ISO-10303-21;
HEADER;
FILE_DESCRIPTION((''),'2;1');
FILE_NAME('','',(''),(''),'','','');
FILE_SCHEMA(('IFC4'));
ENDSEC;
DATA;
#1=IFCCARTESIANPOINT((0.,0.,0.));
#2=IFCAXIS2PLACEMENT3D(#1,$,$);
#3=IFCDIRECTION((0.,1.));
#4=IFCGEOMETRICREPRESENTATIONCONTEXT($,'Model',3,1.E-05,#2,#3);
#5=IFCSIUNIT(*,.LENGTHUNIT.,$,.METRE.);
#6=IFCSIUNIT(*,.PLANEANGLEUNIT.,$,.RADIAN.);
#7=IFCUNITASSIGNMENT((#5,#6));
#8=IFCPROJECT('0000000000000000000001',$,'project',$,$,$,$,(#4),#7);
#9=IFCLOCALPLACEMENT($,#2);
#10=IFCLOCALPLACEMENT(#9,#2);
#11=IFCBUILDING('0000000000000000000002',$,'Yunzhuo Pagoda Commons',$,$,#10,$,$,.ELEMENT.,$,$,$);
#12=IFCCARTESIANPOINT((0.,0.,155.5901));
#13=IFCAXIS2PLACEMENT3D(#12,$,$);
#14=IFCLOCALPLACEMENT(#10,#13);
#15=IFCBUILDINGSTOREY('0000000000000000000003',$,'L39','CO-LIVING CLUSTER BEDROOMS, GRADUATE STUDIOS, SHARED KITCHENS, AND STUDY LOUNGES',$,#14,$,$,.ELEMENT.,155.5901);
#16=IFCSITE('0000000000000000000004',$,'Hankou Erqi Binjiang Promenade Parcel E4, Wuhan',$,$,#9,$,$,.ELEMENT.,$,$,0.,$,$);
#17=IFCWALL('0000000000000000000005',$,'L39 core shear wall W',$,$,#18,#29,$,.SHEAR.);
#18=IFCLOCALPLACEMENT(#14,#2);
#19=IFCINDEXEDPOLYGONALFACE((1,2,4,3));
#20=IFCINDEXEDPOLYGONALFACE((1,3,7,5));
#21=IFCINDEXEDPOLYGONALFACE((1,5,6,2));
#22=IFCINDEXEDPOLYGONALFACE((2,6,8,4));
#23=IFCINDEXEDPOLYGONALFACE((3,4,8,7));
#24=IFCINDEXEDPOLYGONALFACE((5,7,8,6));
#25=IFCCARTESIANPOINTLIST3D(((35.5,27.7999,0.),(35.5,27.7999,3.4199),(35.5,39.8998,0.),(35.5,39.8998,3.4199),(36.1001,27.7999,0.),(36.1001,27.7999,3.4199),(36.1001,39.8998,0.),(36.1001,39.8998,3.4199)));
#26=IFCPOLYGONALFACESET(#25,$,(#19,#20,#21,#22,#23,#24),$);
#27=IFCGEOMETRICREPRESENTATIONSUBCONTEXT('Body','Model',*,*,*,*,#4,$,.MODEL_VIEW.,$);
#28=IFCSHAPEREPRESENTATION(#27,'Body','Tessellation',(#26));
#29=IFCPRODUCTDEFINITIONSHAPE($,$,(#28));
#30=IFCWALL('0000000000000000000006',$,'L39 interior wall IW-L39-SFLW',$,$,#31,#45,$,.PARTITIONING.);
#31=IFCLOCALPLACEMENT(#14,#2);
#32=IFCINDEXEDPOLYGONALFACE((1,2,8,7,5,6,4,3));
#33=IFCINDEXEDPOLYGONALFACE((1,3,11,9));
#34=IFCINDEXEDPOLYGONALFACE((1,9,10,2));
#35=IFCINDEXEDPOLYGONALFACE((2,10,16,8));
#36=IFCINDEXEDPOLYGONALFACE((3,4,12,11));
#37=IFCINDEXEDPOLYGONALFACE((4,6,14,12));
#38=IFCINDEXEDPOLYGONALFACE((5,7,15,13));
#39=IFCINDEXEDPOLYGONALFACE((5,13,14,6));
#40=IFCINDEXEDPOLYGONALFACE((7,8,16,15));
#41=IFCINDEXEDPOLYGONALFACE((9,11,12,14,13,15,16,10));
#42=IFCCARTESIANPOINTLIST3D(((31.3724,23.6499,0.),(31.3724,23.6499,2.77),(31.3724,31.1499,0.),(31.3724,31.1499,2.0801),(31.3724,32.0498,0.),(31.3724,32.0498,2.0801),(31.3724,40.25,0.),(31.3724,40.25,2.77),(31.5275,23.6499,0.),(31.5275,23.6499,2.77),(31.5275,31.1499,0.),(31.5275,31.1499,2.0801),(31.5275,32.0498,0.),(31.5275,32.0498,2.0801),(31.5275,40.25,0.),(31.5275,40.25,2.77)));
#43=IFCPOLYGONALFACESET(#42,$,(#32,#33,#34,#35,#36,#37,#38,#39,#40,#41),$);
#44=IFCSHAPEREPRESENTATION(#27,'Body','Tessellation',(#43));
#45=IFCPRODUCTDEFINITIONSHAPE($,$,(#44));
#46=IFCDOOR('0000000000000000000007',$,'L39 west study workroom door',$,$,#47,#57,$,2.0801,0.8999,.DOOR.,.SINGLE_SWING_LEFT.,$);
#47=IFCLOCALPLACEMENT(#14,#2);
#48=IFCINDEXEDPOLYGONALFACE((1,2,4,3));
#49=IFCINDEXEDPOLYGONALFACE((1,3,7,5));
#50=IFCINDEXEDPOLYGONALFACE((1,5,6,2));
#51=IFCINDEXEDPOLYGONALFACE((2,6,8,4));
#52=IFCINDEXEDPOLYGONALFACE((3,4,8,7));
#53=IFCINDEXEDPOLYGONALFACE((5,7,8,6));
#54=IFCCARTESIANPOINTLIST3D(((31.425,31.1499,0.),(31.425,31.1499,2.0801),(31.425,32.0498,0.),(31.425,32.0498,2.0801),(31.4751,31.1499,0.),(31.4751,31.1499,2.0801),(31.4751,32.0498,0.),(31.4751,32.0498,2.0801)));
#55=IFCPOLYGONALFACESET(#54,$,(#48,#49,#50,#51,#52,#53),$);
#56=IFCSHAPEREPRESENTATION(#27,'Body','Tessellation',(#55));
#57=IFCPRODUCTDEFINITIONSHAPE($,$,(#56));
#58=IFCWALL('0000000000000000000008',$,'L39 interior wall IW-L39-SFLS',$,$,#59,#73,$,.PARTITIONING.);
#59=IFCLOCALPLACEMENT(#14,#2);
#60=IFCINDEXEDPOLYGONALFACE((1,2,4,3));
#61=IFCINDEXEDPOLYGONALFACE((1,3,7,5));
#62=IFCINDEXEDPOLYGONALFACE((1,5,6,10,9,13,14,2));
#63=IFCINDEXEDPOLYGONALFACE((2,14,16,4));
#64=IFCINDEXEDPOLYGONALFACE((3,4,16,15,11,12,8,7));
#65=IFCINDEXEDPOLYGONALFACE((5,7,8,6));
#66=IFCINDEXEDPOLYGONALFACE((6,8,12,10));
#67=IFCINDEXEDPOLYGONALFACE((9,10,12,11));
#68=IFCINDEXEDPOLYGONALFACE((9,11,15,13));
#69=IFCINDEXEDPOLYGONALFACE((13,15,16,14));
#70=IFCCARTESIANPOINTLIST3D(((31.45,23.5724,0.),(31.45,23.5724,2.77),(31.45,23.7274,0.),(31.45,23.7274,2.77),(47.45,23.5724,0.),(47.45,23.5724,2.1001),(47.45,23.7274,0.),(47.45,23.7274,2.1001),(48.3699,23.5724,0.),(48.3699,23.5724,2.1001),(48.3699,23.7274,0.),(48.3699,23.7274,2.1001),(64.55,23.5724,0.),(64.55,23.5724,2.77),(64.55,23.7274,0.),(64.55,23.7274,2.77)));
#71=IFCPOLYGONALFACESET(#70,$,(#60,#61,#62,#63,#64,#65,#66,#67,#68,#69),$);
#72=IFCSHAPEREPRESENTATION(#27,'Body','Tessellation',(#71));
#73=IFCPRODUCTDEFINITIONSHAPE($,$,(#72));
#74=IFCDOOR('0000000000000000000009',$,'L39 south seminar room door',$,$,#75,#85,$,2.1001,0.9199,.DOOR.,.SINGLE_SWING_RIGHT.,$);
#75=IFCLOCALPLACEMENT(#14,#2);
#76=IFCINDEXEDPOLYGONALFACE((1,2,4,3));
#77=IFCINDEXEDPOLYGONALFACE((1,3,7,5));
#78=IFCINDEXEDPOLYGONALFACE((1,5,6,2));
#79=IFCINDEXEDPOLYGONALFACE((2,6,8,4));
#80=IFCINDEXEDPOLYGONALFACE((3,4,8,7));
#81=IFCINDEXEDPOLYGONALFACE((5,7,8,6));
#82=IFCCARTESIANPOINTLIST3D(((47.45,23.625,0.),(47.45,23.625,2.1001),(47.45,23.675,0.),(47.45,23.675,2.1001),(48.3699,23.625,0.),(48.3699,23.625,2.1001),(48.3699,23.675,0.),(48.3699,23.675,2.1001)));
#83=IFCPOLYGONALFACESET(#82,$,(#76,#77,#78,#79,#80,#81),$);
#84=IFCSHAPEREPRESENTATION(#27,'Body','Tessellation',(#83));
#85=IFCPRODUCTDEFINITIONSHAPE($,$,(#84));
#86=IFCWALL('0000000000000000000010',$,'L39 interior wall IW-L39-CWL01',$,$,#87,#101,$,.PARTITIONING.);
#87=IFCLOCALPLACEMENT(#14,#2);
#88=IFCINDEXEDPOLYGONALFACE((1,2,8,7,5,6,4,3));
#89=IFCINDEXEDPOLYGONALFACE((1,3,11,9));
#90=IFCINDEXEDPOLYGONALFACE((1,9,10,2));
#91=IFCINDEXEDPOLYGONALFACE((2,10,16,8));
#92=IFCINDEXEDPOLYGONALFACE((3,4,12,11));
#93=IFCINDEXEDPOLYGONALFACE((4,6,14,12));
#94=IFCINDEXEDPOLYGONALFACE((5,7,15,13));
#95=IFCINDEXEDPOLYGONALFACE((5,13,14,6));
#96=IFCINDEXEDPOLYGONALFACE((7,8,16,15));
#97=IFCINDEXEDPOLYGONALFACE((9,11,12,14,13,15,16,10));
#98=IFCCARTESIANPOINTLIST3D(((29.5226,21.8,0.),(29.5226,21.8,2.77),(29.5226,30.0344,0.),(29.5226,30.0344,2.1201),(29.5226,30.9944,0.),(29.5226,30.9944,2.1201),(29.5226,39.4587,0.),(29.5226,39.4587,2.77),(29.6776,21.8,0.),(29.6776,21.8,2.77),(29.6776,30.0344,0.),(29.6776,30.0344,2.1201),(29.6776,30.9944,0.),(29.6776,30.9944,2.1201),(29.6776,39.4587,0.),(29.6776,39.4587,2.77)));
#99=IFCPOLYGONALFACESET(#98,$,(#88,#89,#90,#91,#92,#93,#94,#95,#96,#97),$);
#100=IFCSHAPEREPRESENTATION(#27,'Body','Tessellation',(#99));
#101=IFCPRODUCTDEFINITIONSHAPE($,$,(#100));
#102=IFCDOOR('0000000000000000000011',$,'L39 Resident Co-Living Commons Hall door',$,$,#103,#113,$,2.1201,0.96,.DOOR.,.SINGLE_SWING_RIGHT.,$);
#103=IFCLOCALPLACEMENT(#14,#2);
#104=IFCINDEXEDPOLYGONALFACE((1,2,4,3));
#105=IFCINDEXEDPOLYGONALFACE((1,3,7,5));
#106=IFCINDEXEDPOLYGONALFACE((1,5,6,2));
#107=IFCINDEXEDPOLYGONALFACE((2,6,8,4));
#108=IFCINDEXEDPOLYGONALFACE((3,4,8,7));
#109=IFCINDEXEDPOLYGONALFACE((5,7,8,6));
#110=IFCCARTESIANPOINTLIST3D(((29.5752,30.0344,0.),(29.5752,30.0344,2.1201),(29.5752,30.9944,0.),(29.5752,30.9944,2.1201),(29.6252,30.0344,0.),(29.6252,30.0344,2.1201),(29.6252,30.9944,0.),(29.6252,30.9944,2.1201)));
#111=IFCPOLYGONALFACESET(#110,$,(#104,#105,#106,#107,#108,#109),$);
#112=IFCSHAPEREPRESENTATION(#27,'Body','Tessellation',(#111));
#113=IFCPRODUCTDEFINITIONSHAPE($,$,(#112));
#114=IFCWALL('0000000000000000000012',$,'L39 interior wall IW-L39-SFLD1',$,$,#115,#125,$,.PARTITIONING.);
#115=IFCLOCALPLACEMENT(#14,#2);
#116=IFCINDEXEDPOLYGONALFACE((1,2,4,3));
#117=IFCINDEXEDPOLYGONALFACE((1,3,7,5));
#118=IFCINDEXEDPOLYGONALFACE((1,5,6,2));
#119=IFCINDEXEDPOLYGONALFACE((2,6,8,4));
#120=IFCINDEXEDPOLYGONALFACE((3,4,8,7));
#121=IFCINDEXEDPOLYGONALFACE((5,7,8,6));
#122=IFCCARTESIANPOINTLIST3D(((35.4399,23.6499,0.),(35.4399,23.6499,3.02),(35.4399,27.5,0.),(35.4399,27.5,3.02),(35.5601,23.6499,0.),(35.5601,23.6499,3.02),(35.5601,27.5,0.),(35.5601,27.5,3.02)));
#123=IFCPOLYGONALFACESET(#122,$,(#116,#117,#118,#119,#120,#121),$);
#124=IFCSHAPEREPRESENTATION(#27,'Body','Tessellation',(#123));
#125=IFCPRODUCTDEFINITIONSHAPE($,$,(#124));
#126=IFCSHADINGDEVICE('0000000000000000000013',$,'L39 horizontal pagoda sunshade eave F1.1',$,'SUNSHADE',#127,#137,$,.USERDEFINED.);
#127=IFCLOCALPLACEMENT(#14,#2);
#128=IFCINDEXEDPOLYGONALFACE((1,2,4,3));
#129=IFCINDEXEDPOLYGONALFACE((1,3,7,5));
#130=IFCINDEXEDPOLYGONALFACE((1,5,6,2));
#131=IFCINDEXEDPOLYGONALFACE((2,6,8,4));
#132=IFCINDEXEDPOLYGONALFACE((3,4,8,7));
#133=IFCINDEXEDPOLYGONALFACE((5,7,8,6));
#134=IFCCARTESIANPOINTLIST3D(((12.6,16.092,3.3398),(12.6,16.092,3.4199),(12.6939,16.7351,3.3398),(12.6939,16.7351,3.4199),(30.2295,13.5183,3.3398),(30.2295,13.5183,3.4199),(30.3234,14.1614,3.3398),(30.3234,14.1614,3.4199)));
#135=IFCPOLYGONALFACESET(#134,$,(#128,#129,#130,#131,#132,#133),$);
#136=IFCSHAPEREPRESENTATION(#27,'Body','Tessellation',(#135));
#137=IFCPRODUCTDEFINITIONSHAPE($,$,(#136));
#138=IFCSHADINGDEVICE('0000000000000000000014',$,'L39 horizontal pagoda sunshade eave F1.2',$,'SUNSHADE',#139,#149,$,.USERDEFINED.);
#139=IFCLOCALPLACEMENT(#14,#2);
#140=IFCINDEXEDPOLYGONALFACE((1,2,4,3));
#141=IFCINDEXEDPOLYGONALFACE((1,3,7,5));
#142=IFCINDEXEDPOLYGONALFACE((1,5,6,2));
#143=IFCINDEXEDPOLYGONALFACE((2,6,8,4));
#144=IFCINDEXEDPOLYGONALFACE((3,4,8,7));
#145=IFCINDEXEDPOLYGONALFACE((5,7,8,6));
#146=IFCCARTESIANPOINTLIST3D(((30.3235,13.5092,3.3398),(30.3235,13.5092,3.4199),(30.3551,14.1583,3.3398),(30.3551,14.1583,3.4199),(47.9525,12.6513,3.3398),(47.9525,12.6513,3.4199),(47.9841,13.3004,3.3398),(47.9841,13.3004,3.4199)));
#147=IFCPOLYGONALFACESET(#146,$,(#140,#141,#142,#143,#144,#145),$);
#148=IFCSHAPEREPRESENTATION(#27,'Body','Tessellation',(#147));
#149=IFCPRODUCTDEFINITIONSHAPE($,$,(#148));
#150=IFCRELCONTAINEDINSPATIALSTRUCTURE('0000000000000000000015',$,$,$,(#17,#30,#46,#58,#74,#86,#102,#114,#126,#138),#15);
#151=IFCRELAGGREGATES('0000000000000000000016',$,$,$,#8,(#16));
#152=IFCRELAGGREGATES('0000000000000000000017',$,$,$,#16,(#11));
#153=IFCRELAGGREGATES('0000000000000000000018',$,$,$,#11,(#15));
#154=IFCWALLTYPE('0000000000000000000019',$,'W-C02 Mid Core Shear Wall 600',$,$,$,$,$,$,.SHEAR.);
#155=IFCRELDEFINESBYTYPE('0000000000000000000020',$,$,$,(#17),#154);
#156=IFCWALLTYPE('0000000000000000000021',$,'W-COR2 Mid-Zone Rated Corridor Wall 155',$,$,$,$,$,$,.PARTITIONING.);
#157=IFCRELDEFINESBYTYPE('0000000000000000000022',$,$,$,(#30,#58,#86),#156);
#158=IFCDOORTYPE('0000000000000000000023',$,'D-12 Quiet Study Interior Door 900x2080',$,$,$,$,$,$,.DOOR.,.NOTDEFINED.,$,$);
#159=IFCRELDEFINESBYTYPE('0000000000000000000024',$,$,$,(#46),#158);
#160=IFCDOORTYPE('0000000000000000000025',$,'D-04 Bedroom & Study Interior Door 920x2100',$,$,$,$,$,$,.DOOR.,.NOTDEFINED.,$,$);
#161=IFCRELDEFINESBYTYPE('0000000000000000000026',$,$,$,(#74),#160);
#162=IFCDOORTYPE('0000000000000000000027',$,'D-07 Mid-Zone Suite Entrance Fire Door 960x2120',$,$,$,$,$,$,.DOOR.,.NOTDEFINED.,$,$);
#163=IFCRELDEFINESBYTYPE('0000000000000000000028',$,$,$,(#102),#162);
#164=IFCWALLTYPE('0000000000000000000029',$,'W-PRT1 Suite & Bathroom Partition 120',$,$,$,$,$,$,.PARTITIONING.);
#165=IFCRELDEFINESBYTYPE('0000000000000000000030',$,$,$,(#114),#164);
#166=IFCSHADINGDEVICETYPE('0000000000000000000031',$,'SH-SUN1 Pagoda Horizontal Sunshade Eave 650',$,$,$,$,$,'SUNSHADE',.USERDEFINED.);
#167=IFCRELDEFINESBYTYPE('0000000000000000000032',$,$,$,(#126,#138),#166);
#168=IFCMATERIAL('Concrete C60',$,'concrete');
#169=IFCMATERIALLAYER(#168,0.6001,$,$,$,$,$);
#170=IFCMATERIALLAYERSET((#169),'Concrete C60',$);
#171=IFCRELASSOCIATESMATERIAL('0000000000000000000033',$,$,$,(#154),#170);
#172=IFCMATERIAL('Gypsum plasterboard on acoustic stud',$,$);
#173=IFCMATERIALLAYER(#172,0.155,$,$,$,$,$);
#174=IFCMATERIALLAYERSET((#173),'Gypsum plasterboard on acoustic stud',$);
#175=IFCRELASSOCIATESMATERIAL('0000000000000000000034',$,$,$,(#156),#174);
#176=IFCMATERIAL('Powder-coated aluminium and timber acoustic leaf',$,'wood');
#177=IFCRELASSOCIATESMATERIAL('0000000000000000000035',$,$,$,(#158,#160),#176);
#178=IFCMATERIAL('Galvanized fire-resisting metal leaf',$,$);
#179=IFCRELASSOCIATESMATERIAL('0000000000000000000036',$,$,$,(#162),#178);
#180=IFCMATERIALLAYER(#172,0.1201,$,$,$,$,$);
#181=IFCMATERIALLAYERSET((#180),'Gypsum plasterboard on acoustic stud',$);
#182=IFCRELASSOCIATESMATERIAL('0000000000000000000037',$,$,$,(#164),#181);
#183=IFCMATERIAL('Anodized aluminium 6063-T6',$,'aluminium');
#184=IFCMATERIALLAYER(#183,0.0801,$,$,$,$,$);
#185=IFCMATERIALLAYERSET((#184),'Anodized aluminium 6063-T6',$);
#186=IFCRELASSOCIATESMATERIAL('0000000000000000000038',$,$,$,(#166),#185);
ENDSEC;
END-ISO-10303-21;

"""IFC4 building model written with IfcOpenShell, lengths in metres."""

from ifc_helpers import new_model, si_unit, direction, frame, frame_2d, origin, origin_with_axes, origin_2d, place, context, subcontext, project, spatial, rectangle, extrude, source, transform, mapped, material, layer, layer_set, type_object, element, fill, save


model = new_model("IFC4")

# Units and contexts
model_context = context("Model", 3, precision=1e-05, world=origin(), true_north=direction((0.0, 1.0)))
body_context = subcontext(model_context, "Body", "Model", "MODEL_VIEW")
ifc_project = project(units=[si_unit("LENGTHUNIT", "METRE"), si_unit("PLANEANGLEUNIT", "RADIAN")], contexts=[model_context])

# Site, building, storey
site_placement = place(None, origin())
site = spatial("IfcSite", under=ifc_project, at=site_placement, Name="Hankou Erqi Binjiang Promenade Parcel E4, Wuhan", CompositionType="ELEMENT", RefElevation=0.0)
building_placement = place(site_placement, origin())
building = spatial("IfcBuilding", under=site, at=building_placement, Name="Yunzhuo Pagoda Commons", CompositionType="ELEMENT")
storey_placement = place(building_placement, frame((0.0, 0.0, 155.5901)))
storey = spatial("IfcBuildingStorey", under=building, at=storey_placement, Name="L39", Description="CO-LIVING CLUSTER BEDROOMS, GRADUATE STUDIOS, SHARED KITCHENS, AND STUDY LOUNGES", CompositionType="ELEMENT", Elevation=155.5901)

# Shared definitions
ifc_material_1 = material(Name="Anodized aluminium 6063-T6", Category="aluminium")

# Wall
ifc_material_2 = material(Name="Concrete C60", Category="concrete")
ifc_layer_1 = layer(ifc_material_2, 0.6001)
ifc_layer_set_1 = layer_set([ifc_layer_1], Name="Concrete C60")
wall_type_1 = type_object("IfcWallType", Name="W-C02 Mid Core Shear Wall 600", PredefinedType="SHEAR", material=ifc_layer_set_1)
wall_1_placement = place(storey_placement, frame((35.8, 27.8, 0.0), z_axis=(0.0, 0.0, 1.0), x_axis=(0.0, 1.0, 0.0)))
element("IfcWall", 1, at=wall_1_placement, inside=storey, type_object=wall_type_1, Name="L39 core shear wall W", PredefinedType="SHEAR", context=body_context, shape_type="SweptSolid", body=[
    extrude(rectangle(XDim=12.0999, YDim=0.6001, at=frame_2d((6.0498, 0.0))), origin(), (0.0, 0.0, 1.0), 3.4199),
])

# Walls, openings, doors
ifc_material_3 = material(Name="Gypsum plasterboard on acoustic stud")
ifc_layer_2 = layer(ifc_material_3, 0.155)
ifc_layer_set_2 = layer_set([ifc_layer_2], Name="Gypsum plasterboard on acoustic stud")
wall_type_2 = type_object("IfcWallType", Name="W-COR2 Mid-Zone Rated Corridor Wall 155", PredefinedType="PARTITIONING", material=ifc_layer_set_2)
wall_2_placement = place(storey_placement, frame((31.45, 23.6499, 0.0), z_axis=(0.0, 0.0, 1.0), x_axis=(0.0, 1.0, 0.0)))
wall_2 = element("IfcWall", 2, at=wall_2_placement, inside=storey, type_object=wall_type_2, Name="L39 interior wall IW-L39-SFLW", PredefinedType="PARTITIONING", context=body_context, shape_type="SweptSolid", body=[
    extrude(rectangle(XDim=16.6001, YDim=0.155, at=frame_2d((8.3, 0.0))), origin(), (0.0, 0.0, 1.0), 2.77),
])
opening_1_placement = place(wall_2_placement, frame((7.5, 0.0, 0.0)))
opening_1 = element("IfcOpeningElement", 3, at=opening_1_placement, cuts=wall_2, PredefinedType="OPENING", context=body_context, shape_type="SweptSolid", body=[
    extrude(rectangle(XDim=0.8999, YDim=2.0801, at=frame_2d((0.45, 1.04))), frame((0.0, 0.0874, 0.0), z_axis=(0.0, -1.0, 0.0), x_axis=(1.0, 0.0, 0.0)), (0.0, 0.0, 1.0), 0.175),
])
ifc_material_4 = material(Name="Powder-coated aluminium and timber acoustic leaf", Category="wood")
door_type_1 = type_object("IfcDoorType", Name="D-12 Quiet Study Interior Door 900x2080", OperationType="NOTDEFINED", PredefinedType="DOOR", material=ifc_material_4)
shared_shape_1 = source(origin(), body_context, "Body", "SweptSolid", [
    extrude(rectangle(XDim=0.8999, YDim=2.0801, at=frame_2d((0.45, 1.04))), frame((0.0, 0.0249, 0.0), z_axis=(0.0, -1.0, 0.0), x_axis=(1.0, 0.0, 0.0)), (0.0, 0.0, 1.0), 0.05),
])
door_1_placement = place(opening_1_placement, origin_with_axes())
door_1 = element("IfcDoor", 4, at=door_1_placement, inside=storey, type_object=door_type_1, Name="L39 west study workroom door", OperationType="SINGLE_SWING_LEFT", OverallHeight=2.0801, OverallWidth=0.8999, PredefinedType="DOOR", context=body_context, shape_type="MappedRepresentation", body=[
    mapped(shared_shape_1, transform((0.0, 0.0, 0.0), scale=1.0)),
])
fill(opening_1, door_1)
wall_3_placement = place(storey_placement, frame((31.45, 23.6499, 0.0), z_axis=(0.0, 0.0, 1.0), x_axis=(1.0, 0.0, 0.0)))
wall_3 = element("IfcWall", 5, at=wall_3_placement, inside=storey, type_object=wall_type_2, Name="L39 interior wall IW-L39-SFLS", PredefinedType="PARTITIONING", context=body_context, shape_type="SweptSolid", body=[
    extrude(rectangle(XDim=33.1001, YDim=0.155, at=frame_2d((16.55, 0.0))), origin(), (0.0, 0.0, 1.0), 2.77),
])
opening_2_placement = place(wall_3_placement, frame((16.0, 0.0, 0.0)))
opening_2 = element("IfcOpeningElement", 6, at=opening_2_placement, cuts=wall_3, PredefinedType="OPENING", context=body_context, shape_type="SweptSolid", body=[
    extrude(rectangle(XDim=0.9199, YDim=2.1001, at=frame_2d((0.46, 1.05))), frame((0.0, 0.0874, 0.0), z_axis=(0.0, -1.0, 0.0), x_axis=(1.0, 0.0, 0.0)), (0.0, 0.0, 1.0), 0.175),
])
door_type_2 = type_object("IfcDoorType", Name="D-04 Bedroom & Study Interior Door 920x2100", OperationType="NOTDEFINED", PredefinedType="DOOR", material=ifc_material_4)
shared_shape_2 = source(origin(), body_context, "Body", "SweptSolid", [
    extrude(rectangle(XDim=0.9199, YDim=2.1001, at=frame_2d((0.46, 1.05))), frame((0.0, 0.0249, 0.0), z_axis=(0.0, -1.0, 0.0), x_axis=(1.0, 0.0, 0.0)), (0.0, 0.0, 1.0), 0.05),
])
door_2_placement = place(opening_2_placement, frame((0.9199, 0.0, 0.0), z_axis=(0.0, 0.0, 1.0), x_axis=(-1.0, 0.0, 0.0)))
door_2 = element("IfcDoor", 7, at=door_2_placement, inside=storey, type_object=door_type_2, Name="L39 south seminar room door", OperationType="SINGLE_SWING_RIGHT", OverallHeight=2.1001, OverallWidth=0.9199, PredefinedType="DOOR", context=body_context, shape_type="MappedRepresentation", body=[
    mapped(shared_shape_2, transform((0.0, 0.0, 0.0), scale=1.0)),
])
fill(opening_2, door_2)
wall_4_placement = place(storey_placement, frame((29.6001, 21.8, 0.0), z_axis=(0.0, 0.0, 1.0), x_axis=(0.0, 1.0, 0.0)))
wall_4 = element("IfcWall", 8, at=wall_4_placement, inside=storey, type_object=wall_type_2, Name="L39 interior wall IW-L39-CWL01", PredefinedType="PARTITIONING", context=body_context, shape_type="SweptSolid", body=[
    extrude(rectangle(XDim=17.6587, YDim=0.155, at=frame_2d((8.8293, 0.0))), origin(), (0.0, 0.0, 1.0), 2.77),
])
opening_3_placement = place(wall_4_placement, frame((8.2344, 0.0, 0.0)))
opening_3 = element("IfcOpeningElement", 9, at=opening_3_placement, cuts=wall_4, PredefinedType="OPENING", context=body_context, shape_type="SweptSolid", body=[
    extrude(rectangle(XDim=0.96, YDim=2.1201, at=frame_2d((0.48, 1.0601))), frame((0.0, 0.0874, 0.0), z_axis=(0.0, -1.0, 0.0), x_axis=(1.0, 0.0, 0.0)), (0.0, 0.0, 1.0), 0.175),
])
ifc_material_5 = material(Name="Galvanized fire-resisting metal leaf")
door_type_3 = type_object("IfcDoorType", Name="D-07 Mid-Zone Suite Entrance Fire Door 960x2120", OperationType="NOTDEFINED", PredefinedType="DOOR", material=ifc_material_5)
shared_shape_3 = source(origin(), body_context, "Body", "SweptSolid", [
    extrude(rectangle(XDim=0.96, YDim=2.1201, at=frame_2d((0.48, 1.0601))), frame((0.0, 0.0249, 0.0), z_axis=(0.0, -1.0, 0.0), x_axis=(1.0, 0.0, 0.0)), (0.0, 0.0, 1.0), 0.05),
])
door_3_placement = place(opening_3_placement, origin_with_axes())
door_3 = element("IfcDoor", 10, at=door_3_placement, inside=storey, type_object=door_type_3, Name="L39 Resident Co-Living Commons Hall door", OperationType="SINGLE_SWING_RIGHT", OverallHeight=2.1201, OverallWidth=0.96, PredefinedType="DOOR", context=body_context, shape_type="MappedRepresentation", body=[
    mapped(shared_shape_3, transform((0.0, 0.0, 0.0), scale=1.0)),
])
fill(opening_3, door_3)

# Wall
ifc_layer_3 = layer(ifc_material_3, 0.1201)
ifc_layer_set_3 = layer_set([ifc_layer_3], Name="Gypsum plasterboard on acoustic stud")
wall_type_3 = type_object("IfcWallType", Name="W-PRT1 Suite & Bathroom Partition 120", PredefinedType="PARTITIONING", material=ifc_layer_set_3)
wall_5_placement = place(storey_placement, frame((35.5, 23.6499, 0.0), z_axis=(0.0, 0.0, 1.0), x_axis=(0.0, 1.0, 0.0)))
element("IfcWall", 11, at=wall_5_placement, inside=storey, type_object=wall_type_3, Name="L39 interior wall IW-L39-SFLD1", PredefinedType="PARTITIONING", context=body_context, shape_type="SweptSolid", body=[
    extrude(rectangle(XDim=3.8501, YDim=0.1201, at=frame_2d((1.925, 0.0))), origin(), (0.0, 0.0, 1.0), 3.02),
])

# Shading devices
ifc_layer_4 = layer(ifc_material_1, 0.0801)
ifc_layer_set_4 = layer_set([ifc_layer_4], Name="Anodized aluminium 6063-T6")
shading_device_type = type_object("IfcShadingDeviceType", Name="SH-SUN1 Pagoda Horizontal Sunshade Eave 650", ElementType="SUNSHADE", PredefinedType="USERDEFINED", material=ifc_layer_set_4)
shared_shape_4 = source(origin(), body_context, "Body", "SweptSolid", [
    extrude(rectangle(XDim=17.8164, YDim=0.6499, at=origin_2d()), origin(), (0.0, 0.0, 1.0), 0.0801),
])
shading_device_1_placement = place(storey_placement, frame((21.4617, 15.1267, 3.3398), z_axis=(0.0, 0.0, 1.0), x_axis=(0.989511, -0.14446, 0.0)))
element("IfcShadingDevice", 12, at=shading_device_1_placement, inside=storey, type_object=shading_device_type, Name="L39 horizontal pagoda sunshade eave F1.1", ObjectType="SUNSHADE", PredefinedType="USERDEFINED", context=body_context, shape_type="MappedRepresentation", body=[
    mapped(shared_shape_4, transform((0.0, 0.0, 0.0), scale=1.0)),
])
shared_shape_5 = source(origin(), body_context, "Body", "SweptSolid", [
    extrude(rectangle(XDim=17.6499, YDim=0.6499, at=origin_2d()), origin(), (0.0, 0.0, 1.0), 0.0801),
])
shading_device_2_placement = place(storey_placement, frame((39.1538, 13.4048, 3.3398), z_axis=(0.0, 0.0, 1.0), x_axis=(0.998818, -0.048606, 0.0)))
element("IfcShadingDevice", 13, at=shading_device_2_placement, inside=storey, type_object=shading_device_type, Name="L39 horizontal pagoda sunshade eave F1.2", ObjectType="SUNSHADE", PredefinedType="USERDEFINED", context=body_context, shape_type="MappedRepresentation", body=[
    mapped(shared_shape_5, transform((0.0, 0.0, 0.0), scale=1.0)),
])

save(model, "model.ifc")
